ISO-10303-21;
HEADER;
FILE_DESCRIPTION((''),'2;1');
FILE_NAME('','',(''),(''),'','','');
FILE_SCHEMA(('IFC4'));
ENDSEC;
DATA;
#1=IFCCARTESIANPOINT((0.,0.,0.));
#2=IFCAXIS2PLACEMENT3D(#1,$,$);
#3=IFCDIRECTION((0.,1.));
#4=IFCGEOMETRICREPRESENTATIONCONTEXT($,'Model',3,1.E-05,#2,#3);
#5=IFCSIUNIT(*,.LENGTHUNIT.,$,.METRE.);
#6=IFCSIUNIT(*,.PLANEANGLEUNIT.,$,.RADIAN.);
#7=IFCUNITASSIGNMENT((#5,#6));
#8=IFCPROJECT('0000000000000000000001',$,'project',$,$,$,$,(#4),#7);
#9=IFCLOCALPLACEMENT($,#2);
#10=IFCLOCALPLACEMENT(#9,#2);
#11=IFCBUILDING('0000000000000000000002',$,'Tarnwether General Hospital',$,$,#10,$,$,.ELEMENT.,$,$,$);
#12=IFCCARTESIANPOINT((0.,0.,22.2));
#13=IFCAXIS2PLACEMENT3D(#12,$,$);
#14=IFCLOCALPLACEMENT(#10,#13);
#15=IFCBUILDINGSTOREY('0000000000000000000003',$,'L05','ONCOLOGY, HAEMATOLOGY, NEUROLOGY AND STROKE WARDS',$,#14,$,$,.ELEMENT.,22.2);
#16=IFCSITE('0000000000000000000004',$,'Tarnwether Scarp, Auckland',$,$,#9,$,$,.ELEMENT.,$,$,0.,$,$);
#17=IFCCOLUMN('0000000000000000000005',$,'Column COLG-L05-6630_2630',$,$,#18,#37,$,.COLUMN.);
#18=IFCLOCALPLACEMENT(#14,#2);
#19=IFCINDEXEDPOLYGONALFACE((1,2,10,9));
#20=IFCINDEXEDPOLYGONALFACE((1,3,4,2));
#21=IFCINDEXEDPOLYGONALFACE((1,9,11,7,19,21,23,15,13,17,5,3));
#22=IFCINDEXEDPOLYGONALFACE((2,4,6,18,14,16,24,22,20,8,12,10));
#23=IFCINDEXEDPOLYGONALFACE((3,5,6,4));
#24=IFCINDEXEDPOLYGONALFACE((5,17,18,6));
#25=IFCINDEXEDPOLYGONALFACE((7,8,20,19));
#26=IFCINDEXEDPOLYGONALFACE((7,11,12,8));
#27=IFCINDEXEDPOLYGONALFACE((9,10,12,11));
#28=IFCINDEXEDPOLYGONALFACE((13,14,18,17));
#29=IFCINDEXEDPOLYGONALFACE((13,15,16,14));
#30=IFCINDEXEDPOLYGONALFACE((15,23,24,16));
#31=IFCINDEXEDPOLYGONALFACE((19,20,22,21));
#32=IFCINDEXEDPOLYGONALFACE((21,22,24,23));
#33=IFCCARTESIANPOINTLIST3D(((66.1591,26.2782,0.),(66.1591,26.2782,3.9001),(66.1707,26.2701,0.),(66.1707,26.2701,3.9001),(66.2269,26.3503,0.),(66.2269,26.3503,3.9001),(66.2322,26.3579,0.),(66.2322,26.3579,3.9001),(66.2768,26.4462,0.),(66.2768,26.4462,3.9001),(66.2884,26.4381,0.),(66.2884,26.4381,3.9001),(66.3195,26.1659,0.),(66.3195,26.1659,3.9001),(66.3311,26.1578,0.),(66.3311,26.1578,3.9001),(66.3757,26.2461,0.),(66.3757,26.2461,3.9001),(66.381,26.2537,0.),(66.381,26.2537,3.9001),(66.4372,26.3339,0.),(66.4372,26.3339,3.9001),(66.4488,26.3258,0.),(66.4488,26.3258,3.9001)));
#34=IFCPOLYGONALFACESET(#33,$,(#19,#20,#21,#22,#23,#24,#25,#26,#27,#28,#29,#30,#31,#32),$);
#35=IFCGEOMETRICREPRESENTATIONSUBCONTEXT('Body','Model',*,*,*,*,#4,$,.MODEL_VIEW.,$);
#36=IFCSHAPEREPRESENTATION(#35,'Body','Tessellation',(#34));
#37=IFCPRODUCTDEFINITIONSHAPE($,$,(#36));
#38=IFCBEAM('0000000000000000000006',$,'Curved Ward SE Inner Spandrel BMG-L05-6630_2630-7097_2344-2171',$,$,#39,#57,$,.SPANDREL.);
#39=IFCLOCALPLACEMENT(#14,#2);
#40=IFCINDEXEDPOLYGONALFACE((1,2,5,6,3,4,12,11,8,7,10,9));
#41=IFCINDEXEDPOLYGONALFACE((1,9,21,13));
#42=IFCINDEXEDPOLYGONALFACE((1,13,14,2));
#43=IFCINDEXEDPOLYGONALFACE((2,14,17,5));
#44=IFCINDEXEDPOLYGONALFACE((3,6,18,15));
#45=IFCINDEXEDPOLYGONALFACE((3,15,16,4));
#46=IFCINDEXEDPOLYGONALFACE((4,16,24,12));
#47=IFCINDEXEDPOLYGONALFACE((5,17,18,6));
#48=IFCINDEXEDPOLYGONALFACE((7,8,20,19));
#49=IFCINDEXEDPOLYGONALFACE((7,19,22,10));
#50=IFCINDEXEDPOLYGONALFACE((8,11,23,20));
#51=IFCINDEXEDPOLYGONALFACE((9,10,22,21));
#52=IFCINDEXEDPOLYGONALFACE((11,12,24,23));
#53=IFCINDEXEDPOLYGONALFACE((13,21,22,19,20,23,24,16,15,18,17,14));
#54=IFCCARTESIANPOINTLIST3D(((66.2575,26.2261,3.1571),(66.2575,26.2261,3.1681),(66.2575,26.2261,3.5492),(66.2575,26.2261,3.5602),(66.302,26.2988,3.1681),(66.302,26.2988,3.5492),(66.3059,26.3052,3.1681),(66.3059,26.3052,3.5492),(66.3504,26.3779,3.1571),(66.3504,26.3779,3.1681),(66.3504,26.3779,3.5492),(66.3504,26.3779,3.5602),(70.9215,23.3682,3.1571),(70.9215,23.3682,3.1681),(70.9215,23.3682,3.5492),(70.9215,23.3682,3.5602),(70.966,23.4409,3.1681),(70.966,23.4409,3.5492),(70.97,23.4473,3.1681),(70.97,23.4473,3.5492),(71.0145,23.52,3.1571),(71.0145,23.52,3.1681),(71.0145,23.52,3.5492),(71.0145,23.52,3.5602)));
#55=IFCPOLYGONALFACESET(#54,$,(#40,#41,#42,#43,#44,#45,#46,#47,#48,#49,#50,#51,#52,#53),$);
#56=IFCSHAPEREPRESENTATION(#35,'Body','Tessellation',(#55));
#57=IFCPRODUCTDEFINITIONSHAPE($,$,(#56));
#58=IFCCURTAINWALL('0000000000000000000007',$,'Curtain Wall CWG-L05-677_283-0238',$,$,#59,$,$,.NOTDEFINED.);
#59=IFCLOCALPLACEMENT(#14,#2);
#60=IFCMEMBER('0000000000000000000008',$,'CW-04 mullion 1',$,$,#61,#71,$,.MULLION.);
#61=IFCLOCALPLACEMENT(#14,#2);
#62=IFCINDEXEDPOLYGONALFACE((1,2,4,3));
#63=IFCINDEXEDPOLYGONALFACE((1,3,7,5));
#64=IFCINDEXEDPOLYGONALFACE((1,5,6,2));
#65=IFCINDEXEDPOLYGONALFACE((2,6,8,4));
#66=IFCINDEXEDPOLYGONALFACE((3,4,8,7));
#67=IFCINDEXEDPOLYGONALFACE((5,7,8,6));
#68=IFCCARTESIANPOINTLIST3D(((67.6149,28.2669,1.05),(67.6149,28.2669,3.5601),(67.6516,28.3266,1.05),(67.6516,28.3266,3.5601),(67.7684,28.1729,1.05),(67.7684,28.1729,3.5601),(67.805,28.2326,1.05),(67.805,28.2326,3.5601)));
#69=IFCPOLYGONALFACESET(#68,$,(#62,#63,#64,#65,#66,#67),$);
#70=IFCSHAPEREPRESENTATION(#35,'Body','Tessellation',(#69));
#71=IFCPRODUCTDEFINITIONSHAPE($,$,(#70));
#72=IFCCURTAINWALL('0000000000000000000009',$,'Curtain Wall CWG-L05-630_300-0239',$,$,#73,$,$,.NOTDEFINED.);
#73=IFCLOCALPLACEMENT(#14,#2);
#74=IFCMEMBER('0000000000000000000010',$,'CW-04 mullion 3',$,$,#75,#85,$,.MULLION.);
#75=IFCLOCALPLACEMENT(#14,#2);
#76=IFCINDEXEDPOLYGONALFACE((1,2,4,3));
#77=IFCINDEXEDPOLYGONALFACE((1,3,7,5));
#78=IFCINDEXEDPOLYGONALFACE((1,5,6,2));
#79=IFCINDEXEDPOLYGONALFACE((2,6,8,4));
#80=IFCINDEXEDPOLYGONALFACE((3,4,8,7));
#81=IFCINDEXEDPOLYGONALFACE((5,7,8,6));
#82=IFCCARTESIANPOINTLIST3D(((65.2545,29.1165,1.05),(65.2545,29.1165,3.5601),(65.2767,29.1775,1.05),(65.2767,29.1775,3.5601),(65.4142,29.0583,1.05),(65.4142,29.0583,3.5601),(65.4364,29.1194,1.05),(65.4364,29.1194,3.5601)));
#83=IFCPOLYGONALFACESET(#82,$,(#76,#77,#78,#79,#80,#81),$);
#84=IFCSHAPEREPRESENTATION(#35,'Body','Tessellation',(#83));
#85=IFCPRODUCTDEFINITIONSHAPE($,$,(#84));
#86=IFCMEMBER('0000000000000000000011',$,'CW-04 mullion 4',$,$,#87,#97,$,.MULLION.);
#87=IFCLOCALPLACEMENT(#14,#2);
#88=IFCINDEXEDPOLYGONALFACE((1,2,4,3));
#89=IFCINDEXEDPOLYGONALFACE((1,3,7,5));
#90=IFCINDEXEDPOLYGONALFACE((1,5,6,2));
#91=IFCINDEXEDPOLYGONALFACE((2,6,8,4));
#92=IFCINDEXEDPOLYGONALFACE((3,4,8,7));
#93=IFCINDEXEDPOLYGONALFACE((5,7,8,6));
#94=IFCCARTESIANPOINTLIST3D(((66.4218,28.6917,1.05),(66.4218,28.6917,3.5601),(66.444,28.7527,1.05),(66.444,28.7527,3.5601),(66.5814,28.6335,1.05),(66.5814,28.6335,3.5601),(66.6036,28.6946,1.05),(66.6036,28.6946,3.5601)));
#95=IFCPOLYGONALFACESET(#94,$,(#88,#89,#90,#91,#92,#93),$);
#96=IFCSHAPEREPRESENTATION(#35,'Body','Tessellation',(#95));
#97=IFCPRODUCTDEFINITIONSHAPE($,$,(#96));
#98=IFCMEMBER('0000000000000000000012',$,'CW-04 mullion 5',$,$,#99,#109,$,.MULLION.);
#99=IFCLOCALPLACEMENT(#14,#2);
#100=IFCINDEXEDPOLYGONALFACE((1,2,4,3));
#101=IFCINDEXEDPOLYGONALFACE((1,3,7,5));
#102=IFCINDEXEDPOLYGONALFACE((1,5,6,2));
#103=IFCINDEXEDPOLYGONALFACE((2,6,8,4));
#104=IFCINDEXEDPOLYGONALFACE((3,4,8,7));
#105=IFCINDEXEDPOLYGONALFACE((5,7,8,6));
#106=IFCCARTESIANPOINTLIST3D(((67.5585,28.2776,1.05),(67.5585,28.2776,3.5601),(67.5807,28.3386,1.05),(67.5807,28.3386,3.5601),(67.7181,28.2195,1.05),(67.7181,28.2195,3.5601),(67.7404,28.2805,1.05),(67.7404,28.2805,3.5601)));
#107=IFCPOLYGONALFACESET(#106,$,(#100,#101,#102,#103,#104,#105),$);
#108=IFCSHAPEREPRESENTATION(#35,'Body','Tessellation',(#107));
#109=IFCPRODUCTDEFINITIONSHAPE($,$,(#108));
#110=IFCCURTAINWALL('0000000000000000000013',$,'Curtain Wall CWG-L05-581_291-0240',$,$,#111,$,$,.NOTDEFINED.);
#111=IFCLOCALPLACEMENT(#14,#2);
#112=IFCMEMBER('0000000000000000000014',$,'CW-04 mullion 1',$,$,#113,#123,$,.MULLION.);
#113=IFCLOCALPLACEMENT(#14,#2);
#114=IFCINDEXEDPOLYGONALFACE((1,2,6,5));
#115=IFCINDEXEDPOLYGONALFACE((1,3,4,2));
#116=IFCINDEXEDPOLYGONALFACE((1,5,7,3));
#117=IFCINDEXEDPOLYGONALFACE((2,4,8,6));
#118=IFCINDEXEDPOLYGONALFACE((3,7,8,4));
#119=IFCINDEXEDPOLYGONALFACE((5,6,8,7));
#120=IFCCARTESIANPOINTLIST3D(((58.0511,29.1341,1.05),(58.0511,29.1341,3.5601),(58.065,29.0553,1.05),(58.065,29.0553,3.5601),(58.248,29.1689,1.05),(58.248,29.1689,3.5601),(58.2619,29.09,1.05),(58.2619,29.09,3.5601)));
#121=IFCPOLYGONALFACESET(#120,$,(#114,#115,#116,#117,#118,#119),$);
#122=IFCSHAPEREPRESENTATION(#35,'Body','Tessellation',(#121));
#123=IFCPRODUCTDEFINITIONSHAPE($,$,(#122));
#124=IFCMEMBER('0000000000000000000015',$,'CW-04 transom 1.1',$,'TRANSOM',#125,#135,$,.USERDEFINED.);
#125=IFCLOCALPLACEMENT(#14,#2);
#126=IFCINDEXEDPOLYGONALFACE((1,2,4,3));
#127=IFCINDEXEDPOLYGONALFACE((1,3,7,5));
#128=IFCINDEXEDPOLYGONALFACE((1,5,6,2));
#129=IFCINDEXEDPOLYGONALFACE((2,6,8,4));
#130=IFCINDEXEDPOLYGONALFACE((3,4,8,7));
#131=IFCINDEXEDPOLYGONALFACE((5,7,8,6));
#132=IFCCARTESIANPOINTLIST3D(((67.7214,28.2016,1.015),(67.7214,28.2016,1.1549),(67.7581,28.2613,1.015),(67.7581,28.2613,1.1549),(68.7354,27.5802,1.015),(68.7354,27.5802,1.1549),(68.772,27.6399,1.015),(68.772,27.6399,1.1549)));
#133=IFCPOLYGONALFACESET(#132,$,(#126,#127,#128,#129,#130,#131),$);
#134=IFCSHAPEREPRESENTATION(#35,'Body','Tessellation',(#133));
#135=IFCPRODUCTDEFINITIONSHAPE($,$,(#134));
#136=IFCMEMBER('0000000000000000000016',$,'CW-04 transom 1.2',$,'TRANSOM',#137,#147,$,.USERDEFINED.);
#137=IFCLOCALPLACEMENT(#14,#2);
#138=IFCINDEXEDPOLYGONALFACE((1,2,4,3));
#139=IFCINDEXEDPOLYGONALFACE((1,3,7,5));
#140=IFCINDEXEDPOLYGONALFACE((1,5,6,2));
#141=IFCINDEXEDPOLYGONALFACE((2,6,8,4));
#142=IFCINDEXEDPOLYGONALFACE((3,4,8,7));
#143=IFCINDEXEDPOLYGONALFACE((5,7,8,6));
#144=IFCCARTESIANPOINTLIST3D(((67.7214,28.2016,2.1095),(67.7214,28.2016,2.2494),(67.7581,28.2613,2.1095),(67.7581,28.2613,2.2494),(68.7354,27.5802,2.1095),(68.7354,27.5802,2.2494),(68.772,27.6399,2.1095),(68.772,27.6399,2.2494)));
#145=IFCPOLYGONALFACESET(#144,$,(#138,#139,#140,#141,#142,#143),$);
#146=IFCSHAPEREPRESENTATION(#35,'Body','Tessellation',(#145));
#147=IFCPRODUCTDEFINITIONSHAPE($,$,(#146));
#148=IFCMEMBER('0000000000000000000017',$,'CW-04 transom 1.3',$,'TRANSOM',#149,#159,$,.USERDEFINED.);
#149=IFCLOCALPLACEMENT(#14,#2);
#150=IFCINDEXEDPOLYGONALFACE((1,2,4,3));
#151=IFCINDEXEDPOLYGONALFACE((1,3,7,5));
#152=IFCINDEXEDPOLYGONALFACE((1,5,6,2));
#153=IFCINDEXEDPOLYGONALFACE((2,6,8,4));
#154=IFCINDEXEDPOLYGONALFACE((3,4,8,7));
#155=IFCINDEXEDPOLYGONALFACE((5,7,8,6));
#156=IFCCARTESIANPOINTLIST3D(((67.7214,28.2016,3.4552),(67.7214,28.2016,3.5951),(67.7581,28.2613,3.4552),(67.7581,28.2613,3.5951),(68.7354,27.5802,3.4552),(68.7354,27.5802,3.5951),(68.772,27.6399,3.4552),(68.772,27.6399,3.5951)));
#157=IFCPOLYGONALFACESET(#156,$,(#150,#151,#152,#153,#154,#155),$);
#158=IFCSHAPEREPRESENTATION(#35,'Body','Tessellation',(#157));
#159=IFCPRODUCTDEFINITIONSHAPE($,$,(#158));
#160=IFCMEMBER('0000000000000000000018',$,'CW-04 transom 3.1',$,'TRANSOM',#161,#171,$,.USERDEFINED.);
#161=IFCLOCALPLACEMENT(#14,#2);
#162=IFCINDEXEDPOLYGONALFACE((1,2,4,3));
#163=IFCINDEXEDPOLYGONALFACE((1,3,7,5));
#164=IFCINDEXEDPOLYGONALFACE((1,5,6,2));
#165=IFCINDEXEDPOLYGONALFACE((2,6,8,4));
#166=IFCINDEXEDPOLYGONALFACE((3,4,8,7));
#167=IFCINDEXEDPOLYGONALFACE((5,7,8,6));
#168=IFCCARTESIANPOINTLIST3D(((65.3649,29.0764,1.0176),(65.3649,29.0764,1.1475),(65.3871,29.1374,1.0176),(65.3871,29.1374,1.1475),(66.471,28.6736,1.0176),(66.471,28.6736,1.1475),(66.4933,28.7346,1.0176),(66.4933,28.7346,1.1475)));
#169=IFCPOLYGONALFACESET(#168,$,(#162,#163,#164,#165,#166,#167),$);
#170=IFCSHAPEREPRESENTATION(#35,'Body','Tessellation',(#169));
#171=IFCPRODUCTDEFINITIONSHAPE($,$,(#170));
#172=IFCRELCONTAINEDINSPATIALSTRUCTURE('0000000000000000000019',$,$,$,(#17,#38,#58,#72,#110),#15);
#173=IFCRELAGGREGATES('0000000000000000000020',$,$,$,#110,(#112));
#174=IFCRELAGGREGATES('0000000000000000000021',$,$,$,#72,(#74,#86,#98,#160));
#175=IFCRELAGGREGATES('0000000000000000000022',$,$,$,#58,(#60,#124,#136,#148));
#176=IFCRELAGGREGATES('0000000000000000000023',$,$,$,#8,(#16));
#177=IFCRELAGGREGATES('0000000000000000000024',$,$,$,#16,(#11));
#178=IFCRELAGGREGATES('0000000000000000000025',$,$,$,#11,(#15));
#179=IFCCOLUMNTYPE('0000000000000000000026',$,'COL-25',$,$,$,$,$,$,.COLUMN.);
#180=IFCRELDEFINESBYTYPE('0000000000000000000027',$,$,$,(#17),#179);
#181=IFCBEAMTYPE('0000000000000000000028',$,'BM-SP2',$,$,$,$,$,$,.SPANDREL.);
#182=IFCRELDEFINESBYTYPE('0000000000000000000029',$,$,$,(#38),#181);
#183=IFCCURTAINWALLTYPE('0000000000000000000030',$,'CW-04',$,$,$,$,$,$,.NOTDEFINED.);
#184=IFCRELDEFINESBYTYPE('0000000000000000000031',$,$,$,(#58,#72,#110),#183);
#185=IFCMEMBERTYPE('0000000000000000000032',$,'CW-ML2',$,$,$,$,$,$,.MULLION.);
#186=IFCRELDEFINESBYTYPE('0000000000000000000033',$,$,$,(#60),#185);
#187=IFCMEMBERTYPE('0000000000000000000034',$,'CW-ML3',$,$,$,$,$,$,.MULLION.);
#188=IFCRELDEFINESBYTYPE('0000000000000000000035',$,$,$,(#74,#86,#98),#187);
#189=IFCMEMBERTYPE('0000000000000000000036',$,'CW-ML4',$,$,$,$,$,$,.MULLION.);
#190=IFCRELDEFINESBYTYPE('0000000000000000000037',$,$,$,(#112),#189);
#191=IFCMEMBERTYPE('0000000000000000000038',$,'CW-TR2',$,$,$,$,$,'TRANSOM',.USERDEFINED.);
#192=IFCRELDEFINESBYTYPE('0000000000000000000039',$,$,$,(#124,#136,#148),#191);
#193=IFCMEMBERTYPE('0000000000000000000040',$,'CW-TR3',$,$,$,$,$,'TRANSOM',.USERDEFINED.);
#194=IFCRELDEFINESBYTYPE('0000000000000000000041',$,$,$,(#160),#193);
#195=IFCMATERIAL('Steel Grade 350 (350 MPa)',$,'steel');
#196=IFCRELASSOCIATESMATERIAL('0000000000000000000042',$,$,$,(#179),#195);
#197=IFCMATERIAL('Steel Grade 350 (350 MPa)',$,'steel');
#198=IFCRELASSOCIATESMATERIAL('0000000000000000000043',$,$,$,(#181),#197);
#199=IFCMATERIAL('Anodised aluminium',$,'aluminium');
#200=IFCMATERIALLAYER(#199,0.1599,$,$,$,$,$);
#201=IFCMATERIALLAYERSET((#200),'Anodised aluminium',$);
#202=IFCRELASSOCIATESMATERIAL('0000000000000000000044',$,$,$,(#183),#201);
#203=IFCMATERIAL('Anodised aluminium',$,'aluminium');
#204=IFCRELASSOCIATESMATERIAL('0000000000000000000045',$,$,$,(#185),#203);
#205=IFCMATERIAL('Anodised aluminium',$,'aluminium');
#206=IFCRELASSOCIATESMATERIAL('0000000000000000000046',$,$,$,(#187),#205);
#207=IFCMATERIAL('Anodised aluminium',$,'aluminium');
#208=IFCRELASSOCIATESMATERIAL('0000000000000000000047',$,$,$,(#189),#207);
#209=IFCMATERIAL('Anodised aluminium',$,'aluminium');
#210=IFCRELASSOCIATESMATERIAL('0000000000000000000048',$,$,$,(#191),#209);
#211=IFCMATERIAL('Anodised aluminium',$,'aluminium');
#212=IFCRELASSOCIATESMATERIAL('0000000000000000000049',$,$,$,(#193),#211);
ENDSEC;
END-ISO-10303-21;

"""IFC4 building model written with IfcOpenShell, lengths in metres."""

from ifc_helpers import new_model, si_unit, direction, frame, origin, origin_2d, place, context, subcontext, project, spatial, rectangle, i_section, extrude, material, layer, layer_set, material_profile, profile_set, type_object, element, aggregate, save


model = new_model("IFC4")

# Units and contexts
model_context = context("Model", 3, precision=1e-05, world=origin(), true_north=direction((0.0, 1.0)))
body_context = subcontext(model_context, "Body", "Model", "MODEL_VIEW")
ifc_project = project(units=[si_unit("LENGTHUNIT", "METRE"), si_unit("PLANEANGLEUNIT", "RADIAN")], contexts=[model_context])

# Site, building, storey
site_placement = place(None, origin())
site = spatial("IfcSite", under=ifc_project, at=site_placement, Name="Tarnwether Scarp, Auckland", CompositionType="ELEMENT", RefElevation=0.0)
building_placement = place(site_placement, origin())
building = spatial("IfcBuilding", under=site, at=building_placement, Name="Tarnwether General Hospital", CompositionType="ELEMENT")
storey_placement = place(building_placement, frame((0.0, 0.0, 22.2)))
storey = spatial("IfcBuildingStorey", under=building, at=storey_placement, Name="L05", Description="ONCOLOGY, HAEMATOLOGY, NEUROLOGY AND STROKE WARDS", CompositionType="ELEMENT", Elevation=22.2)

# Column
ifc_material_1 = material(Name="Steel Grade 350 (350 MPa)", Category="steel")
ifc_material_profile_1 = material_profile(ifc_material_1, i_section(OverallWidth=0.2051, OverallDepth=0.21, WebThickness=0.0093, FlangeThickness=0.0142, at=origin_2d()), Name="200UC59.5")
ifc_profile_set_1 = profile_set([ifc_material_profile_1], Name="Steel Grade 350 (350 MPa)")
column_type = type_object("IfcColumnType", Name="COL-25", PredefinedType="COLUMN", material=ifc_profile_set_1)
column_placement = place(storey_placement, frame((66.304, 26.302, 0.0), z_axis=(0.0, 0.0, 1.0), x_axis=(0.573576, 0.819152, 0.0)))
element("IfcColumn", 1, at=column_placement, inside=storey, type_object=column_type, Name="Column COLG-L05-6630_2630", PredefinedType="COLUMN", context=body_context, shape_type="SweptSolid", body=[
    extrude(i_section(OverallWidth=0.2051, OverallDepth=0.21, WebThickness=0.0093, FlangeThickness=0.0142, at=origin_2d()), origin(), (0.0, 0.0, 1.0), 3.9001),
])

# Beam
ifc_material_2 = material(Name="Steel Grade 350 (350 MPa)", Category="steel")
ifc_material_profile_2 = material_profile(ifc_material_2, i_section(OverallWidth=0.178, OverallDepth=0.4031, WebThickness=0.0076, FlangeThickness=0.011, at=origin_2d()), Name="410UB53.7")
ifc_profile_set_2 = profile_set([ifc_material_profile_2], Name="Steel Grade 350 (350 MPa)")
beam_type = type_object("IfcBeamType", Name="BM-SP2", PredefinedType="SPANDREL", material=ifc_profile_set_2)
beam_placement = place(storey_placement, frame((66.304, 26.302, 3.3586), z_axis=(0.852659, -0.522468, 0.0), x_axis=(0.522468, 0.852659, 0.0)))
element("IfcBeam", 2, at=beam_placement, inside=storey, type_object=beam_type, Name="Curved Ward SE Inner Spandrel BMG-L05-6630_2630-7097_2344-2171", PredefinedType="SPANDREL", context=body_context, shape_type="SweptSolid", body=[
    extrude(i_section(OverallWidth=0.178, OverallDepth=0.4031, WebThickness=0.0076, FlangeThickness=0.011, at=origin_2d()), origin(), (0.0, 0.0, 1.0), 5.47),
])

# Curtain wall, member
ifc_material_3 = material(Name="Anodised aluminium", Category="aluminium")
ifc_layer_1 = layer(ifc_material_3, 0.1599)
ifc_layer_set_1 = layer_set([ifc_layer_1], Name="Anodised aluminium")
curtain_wall_type = type_object("IfcCurtainWallType", Name="CW-04", PredefinedType="NOTDEFINED", material=ifc_layer_set_1)
curtain_wall_1_placement = place(storey_placement, origin())
curtain_wall_1 = element("IfcCurtainWall", 3, at=curtain_wall_1_placement, inside=storey, type_object=curtain_wall_type, Name="Curtain Wall CWG-L05-677_283-0238", PredefinedType="NOTDEFINED")
ifc_material_4 = material(Name="Anodised aluminium", Category="aluminium")
ifc_material_profile_3 = material_profile(ifc_material_4, rectangle(XDim=0.0701, YDim=0.1799, at=origin_2d()), Name="ALU-MUL-70x180")
ifc_profile_set_3 = profile_set([ifc_material_profile_3], Name="Anodised aluminium")
member_type_1 = type_object("IfcMemberType", Name="CW-ML2", PredefinedType="MULLION", material=ifc_profile_set_3)
member_1_placement = place(storey_placement, frame((67.71, 28.2498, 1.05), z_axis=(0.0, 0.0, 1.0), x_axis=(0.522512, 0.852632, 0.0)))
member_1 = element("IfcMember", 4, at=member_1_placement, type_object=member_type_1, Name="CW-04 mullion 1", PredefinedType="MULLION", context=body_context, shape_type="SweptSolid", body=[
    extrude(rectangle(XDim=0.0701, YDim=0.1799, at=origin_2d()), origin(), (0.0, 0.0, 1.0), 2.51),
])

# Curtain wall, members
curtain_wall_2_placement = place(storey_placement, origin())
curtain_wall_2 = element("IfcCurtainWall", 5, at=curtain_wall_2_placement, inside=storey, type_object=curtain_wall_type, Name="Curtain Wall CWG-L05-630_300-0239", PredefinedType="NOTDEFINED")
ifc_material_5 = material(Name="Anodised aluminium", Category="aluminium")
ifc_material_profile_4 = material_profile(ifc_material_5, rectangle(XDim=0.0649, YDim=0.1699, at=origin_2d()), Name="ALU-MUL-65x170")
ifc_profile_set_4 = profile_set([ifc_material_profile_4], Name="Anodised aluminium")
member_type_2 = type_object("IfcMemberType", Name="CW-ML3", PredefinedType="MULLION", material=ifc_profile_set_4)
member_2_placement = place(storey_placement, frame((65.3455, 29.1179, 1.05), z_axis=(0.0, 0.0, 1.0), x_axis=(0.342131, 0.939652, 0.0)))
member_2 = element("IfcMember", 6, at=member_2_placement, type_object=member_type_2, Name="CW-04 mullion 3", PredefinedType="MULLION", context=body_context, shape_type="SweptSolid", body=[
    extrude(rectangle(XDim=0.0649, YDim=0.1699, at=origin_2d()), origin(), (0.0, 0.0, 1.0), 2.51),
])
member_3_placement = place(storey_placement, frame((66.5127, 28.6931, 1.05), z_axis=(0.0, 0.0, 1.0), x_axis=(0.342131, 0.939652, 0.0)))
member_3 = element("IfcMember", 7, at=member_3_placement, type_object=member_type_2, Name="CW-04 mullion 4", PredefinedType="MULLION", context=body_context, shape_type="SweptSolid", body=[
    extrude(rectangle(XDim=0.0649, YDim=0.1699, at=origin_2d()), origin(), (0.0, 0.0, 1.0), 2.51),
])
member_4_placement = place(storey_placement, frame((67.6494, 28.2791, 1.05), z_axis=(0.0, 0.0, 1.0), x_axis=(0.342131, 0.939652, 0.0)))
member_4 = element("IfcMember", 8, at=member_4_placement, type_object=member_type_2, Name="CW-04 mullion 5", PredefinedType="MULLION", context=body_context, shape_type="SweptSolid", body=[
    extrude(rectangle(XDim=0.0649, YDim=0.1699, at=origin_2d()), origin(), (0.0, 0.0, 1.0), 2.51),
])

# Curtain wall, member
curtain_wall_3_placement = place(storey_placement, origin())
curtain_wall_3 = element("IfcCurtainWall", 9, at=curtain_wall_3_placement, inside=storey, type_object=curtain_wall_type, Name="Curtain Wall CWG-L05-581_291-0240", PredefinedType="NOTDEFINED")
ifc_material_6 = material(Name="Anodised aluminium", Category="aluminium")
ifc_material_profile_5 = material_profile(ifc_material_6, rectangle(XDim=0.0801, YDim=0.2, at=origin_2d()), Name="ALU-MUL-80x200")
ifc_profile_set_5 = profile_set([ifc_material_profile_5], Name="Anodised aluminium")
member_type_3 = type_object("IfcMemberType", Name="CW-ML4", PredefinedType="MULLION", material=ifc_profile_set_5)
member_5_placement = place(storey_placement, frame((58.1565, 29.1121, 1.05), z_axis=(0.0, 0.0, 1.0), x_axis=(-0.173659, 0.984806, 0.0)))
member_5 = element("IfcMember", 10, at=member_5_placement, type_object=member_type_3, Name="CW-04 mullion 1", PredefinedType="MULLION", context=body_context, shape_type="SweptSolid", body=[
    extrude(rectangle(XDim=0.0801, YDim=0.2, at=origin_2d()), origin(), (0.0, 0.0, 1.0), 2.51),
])

# Members
ifc_material_7 = material(Name="Anodised aluminium", Category="aluminium")
ifc_material_profile_6 = material_profile(ifc_material_7, rectangle(XDim=0.0701, YDim=0.1399, at=origin_2d()), Name="ALU-TRN-70x140")
ifc_profile_set_6 = profile_set([ifc_material_profile_6], Name="Anodised aluminium")
member_type_4 = type_object("IfcMemberType", Name="CW-TR2", ElementType="TRANSOM", PredefinedType="USERDEFINED", material=ifc_profile_set_6)
member_6_placement = place(storey_placement, frame((67.7397, 28.2314, 1.085), z_axis=(0.852637, -0.522504, 0.0), x_axis=(0.522504, 0.852637, 0.0)))
member_6 = element("IfcMember", 11, at=member_6_placement, type_object=member_type_4, Name="CW-04 transom 1.1", ObjectType="TRANSOM", PredefinedType="USERDEFINED", context=body_context, shape_type="SweptSolid", body=[
    extrude(rectangle(XDim=0.0701, YDim=0.1399, at=origin_2d()), origin(), (0.0, 0.0, 1.0), 1.1892),
])
member_7_placement = place(storey_placement, frame((67.7397, 28.2314, 2.1794), z_axis=(0.852637, -0.522504, 0.0), x_axis=(0.522504, 0.852637, 0.0)))
member_7 = element("IfcMember", 12, at=member_7_placement, type_object=member_type_4, Name="CW-04 transom 1.2", ObjectType="TRANSOM", PredefinedType="USERDEFINED", context=body_context, shape_type="SweptSolid", body=[
    extrude(rectangle(XDim=0.0701, YDim=0.1399, at=origin_2d()), origin(), (0.0, 0.0, 1.0), 1.1892),
])
member_8_placement = place(storey_placement, frame((67.7397, 28.2314, 3.5251), z_axis=(0.852637, -0.522504, 0.0), x_axis=(0.522504, 0.852637, 0.0)))
member_8 = element("IfcMember", 13, at=member_8_placement, type_object=member_type_4, Name="CW-04 transom 1.3", ObjectType="TRANSOM", PredefinedType="USERDEFINED", context=body_context, shape_type="SweptSolid", body=[
    extrude(rectangle(XDim=0.0701, YDim=0.1399, at=origin_2d()), origin(), (0.0, 0.0, 1.0), 1.1892),
])
ifc_material_8 = material(Name="Anodised aluminium", Category="aluminium")
ifc_material_profile_7 = material_profile(ifc_material_8, rectangle(XDim=0.0649, YDim=0.1299, at=origin_2d()), Name="ALU-TRN-65x130")
ifc_profile_set_7 = profile_set([ifc_material_profile_7], Name="Anodised aluminium")
member_type_5 = type_object("IfcMemberType", Name="CW-TR3", ElementType="TRANSOM", PredefinedType="USERDEFINED", material=ifc_profile_set_7)
member_9_placement = place(storey_placement, frame((65.376, 29.1069, 1.0825), z_axis=(0.939636, -0.342176, 0.0), x_axis=(0.342176, 0.939636, 0.0)))
member_9 = element("IfcMember", 14, at=member_9_placement, type_object=member_type_5, Name="CW-04 transom 3.1", ObjectType="TRANSOM", PredefinedType="USERDEFINED", context=body_context, shape_type="SweptSolid", body=[
    extrude(rectangle(XDim=0.0649, YDim=0.1299, at=origin_2d()), origin(), (0.0, 0.0, 1.0), 1.1772),
])
aggregate(curtain_wall_3, [member_5])

aggregate(curtain_wall_2, [member_2, member_3, member_4, member_9])
aggregate(curtain_wall_1, [member_1, member_6, member_7, member_8])

save(model, "model.ifc")
